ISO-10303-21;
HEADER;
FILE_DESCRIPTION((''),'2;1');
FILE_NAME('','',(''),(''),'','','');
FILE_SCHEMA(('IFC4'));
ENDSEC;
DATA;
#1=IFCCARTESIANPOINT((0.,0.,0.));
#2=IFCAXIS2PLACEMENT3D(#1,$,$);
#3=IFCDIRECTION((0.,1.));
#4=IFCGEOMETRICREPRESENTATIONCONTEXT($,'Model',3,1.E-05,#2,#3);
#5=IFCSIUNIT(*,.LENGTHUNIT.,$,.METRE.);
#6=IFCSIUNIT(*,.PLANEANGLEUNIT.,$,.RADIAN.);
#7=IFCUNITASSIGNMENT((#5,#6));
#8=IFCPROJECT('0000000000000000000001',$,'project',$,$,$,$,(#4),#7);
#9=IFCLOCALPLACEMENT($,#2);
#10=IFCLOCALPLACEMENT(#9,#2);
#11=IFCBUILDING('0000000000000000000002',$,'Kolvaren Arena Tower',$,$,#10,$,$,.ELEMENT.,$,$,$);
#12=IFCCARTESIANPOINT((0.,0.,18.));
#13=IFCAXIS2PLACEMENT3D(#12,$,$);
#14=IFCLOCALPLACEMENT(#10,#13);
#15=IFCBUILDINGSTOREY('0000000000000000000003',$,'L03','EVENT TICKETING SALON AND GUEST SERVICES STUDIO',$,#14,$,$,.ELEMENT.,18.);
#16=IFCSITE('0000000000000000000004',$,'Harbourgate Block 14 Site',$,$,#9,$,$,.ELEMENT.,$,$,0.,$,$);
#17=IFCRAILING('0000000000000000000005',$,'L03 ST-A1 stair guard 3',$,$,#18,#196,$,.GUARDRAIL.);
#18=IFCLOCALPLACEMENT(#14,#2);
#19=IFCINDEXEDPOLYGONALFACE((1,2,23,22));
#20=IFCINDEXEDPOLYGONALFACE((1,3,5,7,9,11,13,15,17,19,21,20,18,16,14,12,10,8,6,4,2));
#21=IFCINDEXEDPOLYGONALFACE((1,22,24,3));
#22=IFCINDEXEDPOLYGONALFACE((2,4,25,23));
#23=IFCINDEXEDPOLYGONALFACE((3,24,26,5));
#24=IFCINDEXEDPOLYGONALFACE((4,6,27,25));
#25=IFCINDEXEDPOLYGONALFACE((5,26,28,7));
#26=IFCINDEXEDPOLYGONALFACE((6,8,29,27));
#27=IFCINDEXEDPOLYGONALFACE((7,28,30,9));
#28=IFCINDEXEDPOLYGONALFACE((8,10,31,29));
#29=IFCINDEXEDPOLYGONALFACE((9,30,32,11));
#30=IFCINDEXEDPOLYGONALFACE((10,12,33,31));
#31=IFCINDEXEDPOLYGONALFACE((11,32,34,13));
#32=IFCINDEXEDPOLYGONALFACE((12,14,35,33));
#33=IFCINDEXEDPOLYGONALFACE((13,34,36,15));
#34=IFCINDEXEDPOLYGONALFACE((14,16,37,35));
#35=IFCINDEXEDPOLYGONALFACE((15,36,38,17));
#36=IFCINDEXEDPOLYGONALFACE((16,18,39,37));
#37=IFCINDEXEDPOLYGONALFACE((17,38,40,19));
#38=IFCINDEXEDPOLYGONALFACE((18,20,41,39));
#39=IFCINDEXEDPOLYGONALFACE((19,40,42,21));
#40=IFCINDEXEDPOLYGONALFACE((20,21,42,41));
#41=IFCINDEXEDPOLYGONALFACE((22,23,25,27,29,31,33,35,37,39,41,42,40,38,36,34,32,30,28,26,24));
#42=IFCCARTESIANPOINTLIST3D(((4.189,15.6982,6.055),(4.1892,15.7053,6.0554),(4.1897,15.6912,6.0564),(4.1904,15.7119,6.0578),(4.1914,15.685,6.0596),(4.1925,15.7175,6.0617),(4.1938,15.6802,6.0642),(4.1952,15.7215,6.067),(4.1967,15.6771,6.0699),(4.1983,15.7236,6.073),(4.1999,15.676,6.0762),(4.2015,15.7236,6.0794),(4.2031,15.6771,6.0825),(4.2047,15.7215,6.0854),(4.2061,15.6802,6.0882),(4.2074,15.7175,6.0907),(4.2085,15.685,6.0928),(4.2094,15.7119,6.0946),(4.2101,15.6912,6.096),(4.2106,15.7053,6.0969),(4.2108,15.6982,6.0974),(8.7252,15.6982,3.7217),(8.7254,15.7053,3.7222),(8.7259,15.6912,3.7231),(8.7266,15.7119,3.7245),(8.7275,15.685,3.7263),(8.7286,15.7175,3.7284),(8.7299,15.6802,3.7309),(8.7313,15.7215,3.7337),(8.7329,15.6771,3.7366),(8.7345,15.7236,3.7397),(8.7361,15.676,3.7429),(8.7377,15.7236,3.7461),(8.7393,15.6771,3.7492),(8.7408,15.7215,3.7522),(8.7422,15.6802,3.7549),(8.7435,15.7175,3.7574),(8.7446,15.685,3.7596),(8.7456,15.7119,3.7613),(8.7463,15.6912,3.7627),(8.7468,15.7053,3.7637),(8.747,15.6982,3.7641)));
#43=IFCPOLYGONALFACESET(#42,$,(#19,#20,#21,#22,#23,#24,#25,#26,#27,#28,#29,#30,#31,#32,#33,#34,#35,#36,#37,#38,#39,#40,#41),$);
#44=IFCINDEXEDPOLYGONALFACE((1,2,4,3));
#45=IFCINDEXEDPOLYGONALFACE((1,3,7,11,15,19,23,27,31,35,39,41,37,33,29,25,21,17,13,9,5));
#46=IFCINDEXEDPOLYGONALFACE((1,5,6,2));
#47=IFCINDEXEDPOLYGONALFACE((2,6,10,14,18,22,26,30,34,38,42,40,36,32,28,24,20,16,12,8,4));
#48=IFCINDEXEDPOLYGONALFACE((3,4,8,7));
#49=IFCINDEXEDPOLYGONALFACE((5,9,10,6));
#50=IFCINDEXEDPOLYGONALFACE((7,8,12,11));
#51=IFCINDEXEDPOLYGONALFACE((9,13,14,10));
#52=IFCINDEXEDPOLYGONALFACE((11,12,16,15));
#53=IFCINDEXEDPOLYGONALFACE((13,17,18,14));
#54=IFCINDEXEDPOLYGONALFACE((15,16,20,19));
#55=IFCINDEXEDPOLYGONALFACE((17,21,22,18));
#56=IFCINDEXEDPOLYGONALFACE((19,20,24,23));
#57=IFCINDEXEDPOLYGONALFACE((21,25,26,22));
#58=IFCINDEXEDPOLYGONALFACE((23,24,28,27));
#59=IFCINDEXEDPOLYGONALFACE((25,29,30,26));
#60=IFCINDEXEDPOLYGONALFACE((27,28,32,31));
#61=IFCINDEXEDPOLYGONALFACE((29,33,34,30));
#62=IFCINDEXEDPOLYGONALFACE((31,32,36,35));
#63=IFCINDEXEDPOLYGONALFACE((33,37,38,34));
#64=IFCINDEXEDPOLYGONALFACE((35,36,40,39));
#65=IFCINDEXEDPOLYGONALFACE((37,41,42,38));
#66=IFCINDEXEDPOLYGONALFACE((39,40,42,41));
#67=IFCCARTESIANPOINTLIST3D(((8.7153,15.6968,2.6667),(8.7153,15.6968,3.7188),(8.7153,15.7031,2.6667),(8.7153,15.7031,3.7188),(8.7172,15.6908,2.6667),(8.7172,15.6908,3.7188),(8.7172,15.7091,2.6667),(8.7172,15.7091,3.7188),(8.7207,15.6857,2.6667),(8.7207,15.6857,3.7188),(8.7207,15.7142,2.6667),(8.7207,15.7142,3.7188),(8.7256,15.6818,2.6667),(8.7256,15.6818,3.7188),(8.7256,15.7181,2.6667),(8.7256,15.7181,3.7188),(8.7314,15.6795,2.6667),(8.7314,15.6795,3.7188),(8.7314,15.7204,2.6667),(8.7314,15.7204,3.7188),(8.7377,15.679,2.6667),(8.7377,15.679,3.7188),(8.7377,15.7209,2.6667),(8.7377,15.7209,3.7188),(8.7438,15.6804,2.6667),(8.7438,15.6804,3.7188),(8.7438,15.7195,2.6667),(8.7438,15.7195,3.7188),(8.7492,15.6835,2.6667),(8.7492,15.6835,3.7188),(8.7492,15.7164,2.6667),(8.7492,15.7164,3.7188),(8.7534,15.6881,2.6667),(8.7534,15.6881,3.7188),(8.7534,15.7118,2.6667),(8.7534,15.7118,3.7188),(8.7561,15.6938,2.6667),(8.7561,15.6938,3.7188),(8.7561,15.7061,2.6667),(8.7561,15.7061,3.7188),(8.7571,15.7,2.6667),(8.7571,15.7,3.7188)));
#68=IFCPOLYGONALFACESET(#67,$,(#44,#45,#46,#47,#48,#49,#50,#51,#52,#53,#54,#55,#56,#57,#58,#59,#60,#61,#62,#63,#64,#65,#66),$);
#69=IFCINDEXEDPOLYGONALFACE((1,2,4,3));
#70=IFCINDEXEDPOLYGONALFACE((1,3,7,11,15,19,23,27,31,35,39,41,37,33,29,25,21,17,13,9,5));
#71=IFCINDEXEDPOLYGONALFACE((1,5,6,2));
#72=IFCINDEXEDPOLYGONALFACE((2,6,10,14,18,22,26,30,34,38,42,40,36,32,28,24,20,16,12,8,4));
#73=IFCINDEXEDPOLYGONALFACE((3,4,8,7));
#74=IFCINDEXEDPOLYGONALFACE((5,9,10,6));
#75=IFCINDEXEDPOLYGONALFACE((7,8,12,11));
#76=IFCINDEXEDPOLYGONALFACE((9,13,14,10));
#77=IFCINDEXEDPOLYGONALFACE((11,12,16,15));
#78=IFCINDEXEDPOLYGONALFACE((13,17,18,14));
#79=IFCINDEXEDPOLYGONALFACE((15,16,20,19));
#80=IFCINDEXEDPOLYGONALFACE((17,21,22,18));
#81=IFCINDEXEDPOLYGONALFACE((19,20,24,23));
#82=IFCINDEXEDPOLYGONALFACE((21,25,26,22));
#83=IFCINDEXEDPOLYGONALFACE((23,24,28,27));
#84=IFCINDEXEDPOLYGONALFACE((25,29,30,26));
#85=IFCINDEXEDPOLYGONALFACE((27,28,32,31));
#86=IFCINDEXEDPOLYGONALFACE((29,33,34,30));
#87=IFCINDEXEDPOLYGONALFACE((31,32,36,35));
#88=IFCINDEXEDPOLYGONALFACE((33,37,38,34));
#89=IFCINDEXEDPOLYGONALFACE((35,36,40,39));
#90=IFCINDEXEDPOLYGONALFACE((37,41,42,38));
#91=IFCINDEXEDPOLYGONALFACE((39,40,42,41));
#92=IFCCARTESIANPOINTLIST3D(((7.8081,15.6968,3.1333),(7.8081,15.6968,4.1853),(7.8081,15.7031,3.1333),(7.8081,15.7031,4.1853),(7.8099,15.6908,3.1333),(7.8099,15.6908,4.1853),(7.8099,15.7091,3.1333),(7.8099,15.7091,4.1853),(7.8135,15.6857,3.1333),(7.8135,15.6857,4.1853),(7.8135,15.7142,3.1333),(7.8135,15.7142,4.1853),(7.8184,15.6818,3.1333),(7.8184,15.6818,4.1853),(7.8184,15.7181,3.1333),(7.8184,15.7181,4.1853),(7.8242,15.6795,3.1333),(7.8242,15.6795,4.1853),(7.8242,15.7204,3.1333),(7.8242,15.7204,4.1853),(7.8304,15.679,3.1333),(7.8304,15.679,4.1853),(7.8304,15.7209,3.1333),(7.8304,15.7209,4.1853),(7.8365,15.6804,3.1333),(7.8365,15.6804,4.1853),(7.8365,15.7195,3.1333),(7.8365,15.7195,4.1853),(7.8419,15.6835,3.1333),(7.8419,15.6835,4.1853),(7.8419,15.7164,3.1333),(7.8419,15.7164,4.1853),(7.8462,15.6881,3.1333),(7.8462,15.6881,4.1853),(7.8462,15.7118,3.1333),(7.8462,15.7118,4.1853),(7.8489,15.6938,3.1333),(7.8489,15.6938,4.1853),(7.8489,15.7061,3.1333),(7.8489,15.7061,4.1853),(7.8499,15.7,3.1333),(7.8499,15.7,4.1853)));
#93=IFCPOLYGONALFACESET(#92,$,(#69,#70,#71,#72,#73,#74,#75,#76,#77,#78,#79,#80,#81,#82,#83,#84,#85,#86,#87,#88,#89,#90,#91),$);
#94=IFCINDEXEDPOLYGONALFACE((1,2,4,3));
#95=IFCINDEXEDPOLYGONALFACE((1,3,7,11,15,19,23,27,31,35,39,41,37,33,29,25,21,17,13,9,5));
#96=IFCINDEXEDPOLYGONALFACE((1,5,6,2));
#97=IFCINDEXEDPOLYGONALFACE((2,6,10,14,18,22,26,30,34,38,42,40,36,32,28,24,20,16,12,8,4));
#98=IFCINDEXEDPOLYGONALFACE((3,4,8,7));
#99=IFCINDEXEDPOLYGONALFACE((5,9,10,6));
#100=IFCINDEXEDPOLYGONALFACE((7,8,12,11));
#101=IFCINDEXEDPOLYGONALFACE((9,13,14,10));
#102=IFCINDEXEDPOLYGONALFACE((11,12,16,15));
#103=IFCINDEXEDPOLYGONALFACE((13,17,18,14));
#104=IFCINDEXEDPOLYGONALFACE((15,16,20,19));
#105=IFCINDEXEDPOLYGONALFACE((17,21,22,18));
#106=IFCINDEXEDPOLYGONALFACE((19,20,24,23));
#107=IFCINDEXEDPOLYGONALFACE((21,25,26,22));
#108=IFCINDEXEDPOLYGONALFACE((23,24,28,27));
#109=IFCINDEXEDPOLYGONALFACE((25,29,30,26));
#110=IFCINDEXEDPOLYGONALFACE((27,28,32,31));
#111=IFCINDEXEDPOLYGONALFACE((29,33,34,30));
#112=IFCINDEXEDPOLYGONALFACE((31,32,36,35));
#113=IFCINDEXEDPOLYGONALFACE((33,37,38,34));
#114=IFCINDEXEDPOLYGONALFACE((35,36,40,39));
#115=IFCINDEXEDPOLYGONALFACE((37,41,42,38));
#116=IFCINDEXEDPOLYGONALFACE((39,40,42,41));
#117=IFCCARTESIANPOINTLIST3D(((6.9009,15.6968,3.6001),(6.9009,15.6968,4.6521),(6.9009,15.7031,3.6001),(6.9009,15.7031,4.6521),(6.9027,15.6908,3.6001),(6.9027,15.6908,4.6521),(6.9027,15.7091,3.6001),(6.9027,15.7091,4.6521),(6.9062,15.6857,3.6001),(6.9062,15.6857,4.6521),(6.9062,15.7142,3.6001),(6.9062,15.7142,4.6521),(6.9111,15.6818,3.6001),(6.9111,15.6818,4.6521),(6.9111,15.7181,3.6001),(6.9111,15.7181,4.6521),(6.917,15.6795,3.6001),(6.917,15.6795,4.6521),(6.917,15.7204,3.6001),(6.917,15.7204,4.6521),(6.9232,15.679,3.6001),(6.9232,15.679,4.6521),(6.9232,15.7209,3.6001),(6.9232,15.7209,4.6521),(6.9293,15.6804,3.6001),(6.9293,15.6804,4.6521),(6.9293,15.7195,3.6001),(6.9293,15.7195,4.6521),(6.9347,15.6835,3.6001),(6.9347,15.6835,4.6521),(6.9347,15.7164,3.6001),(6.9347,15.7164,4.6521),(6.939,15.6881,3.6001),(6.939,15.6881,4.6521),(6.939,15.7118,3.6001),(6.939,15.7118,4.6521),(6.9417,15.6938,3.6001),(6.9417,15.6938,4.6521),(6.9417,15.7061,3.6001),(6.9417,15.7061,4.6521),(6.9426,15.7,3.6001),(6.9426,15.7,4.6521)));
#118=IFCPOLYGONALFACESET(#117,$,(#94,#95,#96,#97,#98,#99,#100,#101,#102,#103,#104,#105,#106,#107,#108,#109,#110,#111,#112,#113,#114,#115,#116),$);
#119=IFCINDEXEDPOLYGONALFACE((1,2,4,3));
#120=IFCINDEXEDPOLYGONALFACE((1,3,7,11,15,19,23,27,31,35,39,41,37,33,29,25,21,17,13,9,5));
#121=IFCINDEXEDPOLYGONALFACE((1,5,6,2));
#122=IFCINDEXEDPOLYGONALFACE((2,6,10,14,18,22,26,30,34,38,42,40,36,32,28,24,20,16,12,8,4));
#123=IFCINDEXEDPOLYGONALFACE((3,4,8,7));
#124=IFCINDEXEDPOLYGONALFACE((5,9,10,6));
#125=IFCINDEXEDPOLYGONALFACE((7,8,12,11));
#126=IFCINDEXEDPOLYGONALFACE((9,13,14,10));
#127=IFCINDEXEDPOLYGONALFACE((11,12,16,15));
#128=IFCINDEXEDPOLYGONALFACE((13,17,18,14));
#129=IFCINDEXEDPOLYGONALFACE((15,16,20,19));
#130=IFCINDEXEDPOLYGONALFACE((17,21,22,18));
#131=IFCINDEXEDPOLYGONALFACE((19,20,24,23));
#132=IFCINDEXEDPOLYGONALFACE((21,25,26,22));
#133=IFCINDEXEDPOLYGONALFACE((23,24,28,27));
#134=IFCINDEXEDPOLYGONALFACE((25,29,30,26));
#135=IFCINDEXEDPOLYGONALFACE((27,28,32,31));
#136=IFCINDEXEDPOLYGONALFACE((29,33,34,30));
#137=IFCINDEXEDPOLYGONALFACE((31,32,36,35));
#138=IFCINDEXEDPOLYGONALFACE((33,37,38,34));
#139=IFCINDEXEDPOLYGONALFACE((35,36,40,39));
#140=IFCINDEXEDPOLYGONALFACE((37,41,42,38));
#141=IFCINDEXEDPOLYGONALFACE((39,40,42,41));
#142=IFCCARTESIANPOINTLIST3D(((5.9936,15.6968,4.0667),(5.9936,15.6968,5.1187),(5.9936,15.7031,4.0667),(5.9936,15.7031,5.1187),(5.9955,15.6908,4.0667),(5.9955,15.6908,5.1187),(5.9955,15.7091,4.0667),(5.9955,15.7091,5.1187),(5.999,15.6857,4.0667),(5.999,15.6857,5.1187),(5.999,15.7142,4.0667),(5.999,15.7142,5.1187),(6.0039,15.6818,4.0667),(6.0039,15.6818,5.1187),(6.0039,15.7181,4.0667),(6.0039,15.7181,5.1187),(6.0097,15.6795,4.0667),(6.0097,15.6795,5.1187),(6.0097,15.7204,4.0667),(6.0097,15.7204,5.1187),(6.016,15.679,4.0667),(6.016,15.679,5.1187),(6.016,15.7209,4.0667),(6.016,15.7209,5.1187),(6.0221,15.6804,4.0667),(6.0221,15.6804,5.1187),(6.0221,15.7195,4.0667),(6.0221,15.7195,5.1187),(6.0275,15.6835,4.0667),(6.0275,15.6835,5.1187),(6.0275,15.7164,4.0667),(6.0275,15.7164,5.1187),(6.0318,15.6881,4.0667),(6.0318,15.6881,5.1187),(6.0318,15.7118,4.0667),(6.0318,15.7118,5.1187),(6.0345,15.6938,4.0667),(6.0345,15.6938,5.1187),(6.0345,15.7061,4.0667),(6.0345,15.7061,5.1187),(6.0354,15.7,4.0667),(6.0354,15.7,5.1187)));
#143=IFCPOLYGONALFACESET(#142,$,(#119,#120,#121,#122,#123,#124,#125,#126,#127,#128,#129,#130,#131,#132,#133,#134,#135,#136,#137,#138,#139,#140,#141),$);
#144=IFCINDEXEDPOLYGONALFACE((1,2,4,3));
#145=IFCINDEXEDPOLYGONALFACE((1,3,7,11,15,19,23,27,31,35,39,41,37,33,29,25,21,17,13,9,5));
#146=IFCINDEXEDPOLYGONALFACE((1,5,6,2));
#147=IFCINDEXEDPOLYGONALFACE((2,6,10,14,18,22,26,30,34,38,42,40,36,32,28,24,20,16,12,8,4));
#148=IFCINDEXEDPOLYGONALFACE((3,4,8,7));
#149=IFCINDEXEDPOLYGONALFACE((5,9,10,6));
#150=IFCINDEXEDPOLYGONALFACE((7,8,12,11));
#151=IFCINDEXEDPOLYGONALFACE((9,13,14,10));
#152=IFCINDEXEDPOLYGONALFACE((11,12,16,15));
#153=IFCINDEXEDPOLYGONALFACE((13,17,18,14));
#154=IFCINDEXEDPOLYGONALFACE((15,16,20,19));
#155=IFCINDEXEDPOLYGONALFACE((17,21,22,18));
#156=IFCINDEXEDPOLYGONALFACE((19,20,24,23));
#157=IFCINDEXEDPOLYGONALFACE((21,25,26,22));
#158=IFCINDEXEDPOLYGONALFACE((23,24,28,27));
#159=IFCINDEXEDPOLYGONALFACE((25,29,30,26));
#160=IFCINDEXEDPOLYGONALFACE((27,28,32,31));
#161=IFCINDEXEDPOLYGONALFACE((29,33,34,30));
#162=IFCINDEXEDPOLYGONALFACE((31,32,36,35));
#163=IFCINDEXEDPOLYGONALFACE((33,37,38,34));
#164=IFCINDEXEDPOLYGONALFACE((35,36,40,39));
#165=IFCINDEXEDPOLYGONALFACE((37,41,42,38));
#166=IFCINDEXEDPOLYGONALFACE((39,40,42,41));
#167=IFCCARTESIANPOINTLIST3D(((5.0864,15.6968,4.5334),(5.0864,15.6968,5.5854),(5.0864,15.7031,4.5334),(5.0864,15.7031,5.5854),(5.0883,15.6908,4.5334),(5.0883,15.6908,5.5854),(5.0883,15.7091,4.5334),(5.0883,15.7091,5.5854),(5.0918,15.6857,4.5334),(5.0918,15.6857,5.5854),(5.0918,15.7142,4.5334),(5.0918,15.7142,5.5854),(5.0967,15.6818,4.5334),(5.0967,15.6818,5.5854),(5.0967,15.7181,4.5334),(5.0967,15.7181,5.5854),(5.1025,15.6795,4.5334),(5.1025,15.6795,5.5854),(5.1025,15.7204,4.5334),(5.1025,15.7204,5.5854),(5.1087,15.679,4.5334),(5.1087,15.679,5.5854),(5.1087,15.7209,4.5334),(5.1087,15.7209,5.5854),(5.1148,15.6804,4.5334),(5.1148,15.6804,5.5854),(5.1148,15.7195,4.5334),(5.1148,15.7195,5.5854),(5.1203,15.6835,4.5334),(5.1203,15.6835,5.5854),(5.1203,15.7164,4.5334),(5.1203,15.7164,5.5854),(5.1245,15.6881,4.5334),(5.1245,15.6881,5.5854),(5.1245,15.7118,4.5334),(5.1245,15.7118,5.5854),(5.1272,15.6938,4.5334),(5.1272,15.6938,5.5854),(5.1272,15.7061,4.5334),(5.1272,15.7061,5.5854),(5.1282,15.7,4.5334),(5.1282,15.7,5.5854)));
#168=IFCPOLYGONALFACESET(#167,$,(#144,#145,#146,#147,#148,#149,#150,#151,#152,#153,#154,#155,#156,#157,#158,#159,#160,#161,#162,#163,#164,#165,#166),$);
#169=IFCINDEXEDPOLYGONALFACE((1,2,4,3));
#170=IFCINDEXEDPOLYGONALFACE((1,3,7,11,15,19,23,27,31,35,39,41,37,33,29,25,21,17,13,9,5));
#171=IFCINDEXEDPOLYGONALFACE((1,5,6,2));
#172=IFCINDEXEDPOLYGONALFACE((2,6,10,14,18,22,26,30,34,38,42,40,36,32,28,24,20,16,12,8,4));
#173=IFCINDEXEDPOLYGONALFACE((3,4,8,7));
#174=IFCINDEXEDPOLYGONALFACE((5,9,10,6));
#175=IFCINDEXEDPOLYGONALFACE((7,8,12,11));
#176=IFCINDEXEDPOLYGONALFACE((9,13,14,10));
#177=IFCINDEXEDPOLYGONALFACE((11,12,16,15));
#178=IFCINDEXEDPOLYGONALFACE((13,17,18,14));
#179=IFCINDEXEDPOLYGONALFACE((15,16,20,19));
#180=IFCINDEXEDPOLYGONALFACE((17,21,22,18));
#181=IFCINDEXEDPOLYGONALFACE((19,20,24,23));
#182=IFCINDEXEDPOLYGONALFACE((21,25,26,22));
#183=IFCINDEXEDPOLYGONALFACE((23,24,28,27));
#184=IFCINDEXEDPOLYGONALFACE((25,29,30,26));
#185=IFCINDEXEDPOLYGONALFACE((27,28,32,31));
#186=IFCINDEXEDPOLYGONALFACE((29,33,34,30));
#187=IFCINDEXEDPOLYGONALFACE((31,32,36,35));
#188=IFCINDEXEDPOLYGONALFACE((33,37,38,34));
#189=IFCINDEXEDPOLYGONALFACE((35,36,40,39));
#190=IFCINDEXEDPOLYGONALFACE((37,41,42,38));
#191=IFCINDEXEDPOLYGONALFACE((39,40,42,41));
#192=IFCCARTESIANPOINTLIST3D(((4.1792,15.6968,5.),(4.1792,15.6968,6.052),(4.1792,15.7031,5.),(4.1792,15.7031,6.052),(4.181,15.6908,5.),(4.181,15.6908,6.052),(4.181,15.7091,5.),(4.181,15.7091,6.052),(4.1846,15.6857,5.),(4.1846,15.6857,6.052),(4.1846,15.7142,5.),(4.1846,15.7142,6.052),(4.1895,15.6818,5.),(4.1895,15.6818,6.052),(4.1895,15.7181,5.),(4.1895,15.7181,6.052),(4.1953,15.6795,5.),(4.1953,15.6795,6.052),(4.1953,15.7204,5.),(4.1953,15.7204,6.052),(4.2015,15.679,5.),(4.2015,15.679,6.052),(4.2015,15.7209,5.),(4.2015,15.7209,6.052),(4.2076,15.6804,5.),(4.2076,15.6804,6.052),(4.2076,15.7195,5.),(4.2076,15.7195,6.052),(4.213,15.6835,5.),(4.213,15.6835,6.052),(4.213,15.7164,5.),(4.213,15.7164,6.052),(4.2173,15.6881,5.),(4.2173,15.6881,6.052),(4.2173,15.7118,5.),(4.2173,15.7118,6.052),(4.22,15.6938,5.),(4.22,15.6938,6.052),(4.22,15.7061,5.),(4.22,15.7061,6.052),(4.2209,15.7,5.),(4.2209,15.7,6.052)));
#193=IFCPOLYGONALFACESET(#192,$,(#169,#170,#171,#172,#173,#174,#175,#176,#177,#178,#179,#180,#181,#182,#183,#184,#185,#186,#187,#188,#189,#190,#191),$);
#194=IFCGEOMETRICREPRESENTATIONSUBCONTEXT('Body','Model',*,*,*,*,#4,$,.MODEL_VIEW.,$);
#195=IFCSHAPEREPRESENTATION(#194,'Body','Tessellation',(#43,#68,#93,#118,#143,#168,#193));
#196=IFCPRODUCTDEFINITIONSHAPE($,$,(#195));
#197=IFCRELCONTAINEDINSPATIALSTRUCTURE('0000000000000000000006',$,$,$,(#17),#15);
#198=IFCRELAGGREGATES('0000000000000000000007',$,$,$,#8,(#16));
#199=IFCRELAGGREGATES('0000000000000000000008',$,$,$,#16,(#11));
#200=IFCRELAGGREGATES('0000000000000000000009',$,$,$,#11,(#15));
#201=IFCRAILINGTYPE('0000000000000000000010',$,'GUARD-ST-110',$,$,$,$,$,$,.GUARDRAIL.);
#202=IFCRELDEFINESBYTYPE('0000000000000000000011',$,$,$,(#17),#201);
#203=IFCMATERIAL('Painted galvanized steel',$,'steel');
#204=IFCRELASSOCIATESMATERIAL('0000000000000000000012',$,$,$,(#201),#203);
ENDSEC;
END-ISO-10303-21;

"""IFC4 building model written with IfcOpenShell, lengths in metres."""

from ifc_helpers import new_model, si_unit, direction, frame, origin, origin_2d, place, context, subcontext, project, spatial, circle, extrude, material, type_object, element, save


model = new_model("IFC4")

# Units and contexts
model_context = context("Model", 3, precision=1e-05, world=origin(), true_north=direction((0.0, 1.0)))
body_context = subcontext(model_context, "Body", "Model", "MODEL_VIEW")
ifc_project = project(units=[si_unit("LENGTHUNIT", "METRE"), si_unit("PLANEANGLEUNIT", "RADIAN")], contexts=[model_context])

# Site, building, storey
site_placement = place(None, origin())
site = spatial("IfcSite", under=ifc_project, at=site_placement, Name="Harbourgate Block 14 Site", CompositionType="ELEMENT", RefElevation=0.0)
building_placement = place(site_placement, origin())
building = spatial("IfcBuilding", under=site, at=building_placement, Name="Kolvaren Arena Tower", CompositionType="ELEMENT")
storey_placement = place(building_placement, frame((0.0, 0.0, 18.0)))
storey = spatial("IfcBuildingStorey", under=building, at=storey_placement, Name="L03", Description="EVENT TICKETING SALON AND GUEST SERVICES STUDIO", CompositionType="ELEMENT", Elevation=18.0)

# Railing
ifc_material_1 = material(Name="Painted galvanized steel", Category="steel")
railing_type_1 = type_object("IfcRailingType", Name="GUARD-ST-110", PredefinedType="GUARDRAIL", material=ifc_material_1)
railing_1_placement = place(storey_placement, frame((8.7361, 15.7, 2.6667)))
element("IfcRailing", 1, at=railing_1_placement, inside=storey, type_object=railing_type_1, Name="L03 ST-A1 stair guard 3", PredefinedType="GUARDRAIL", context=body_context, shape_type="SweptSolid", body=[
    extrude(circle(Radius=0.0239, at=origin_2d()), frame((0.0, 0.0, 1.0762), z_axis=(-0.889257, 0.0, 0.457407), x_axis=(0.0, -1.0, 0.0)), (0.0, 0.0, 1.0), 5.1011),
    extrude(circle(Radius=0.021, at=origin_2d()), origin(), (0.0, 0.0, 1.0), 1.052),
    extrude(circle(Radius=0.021, at=origin_2d()), frame((-0.9072, 0.0, 0.4666)), (0.0, 0.0, 1.0), 1.052),
    extrude(circle(Radius=0.021, at=origin_2d()), frame((-1.8145, 0.0, 0.9333)), (0.0, 0.0, 1.0), 1.052),
    extrude(circle(Radius=0.021, at=origin_2d()), frame((-2.7217, 0.0, 1.3999)), (0.0, 0.0, 1.0), 1.052),
    extrude(circle(Radius=0.021, at=origin_2d()), frame((-3.6289, 0.0, 1.8667)), (0.0, 0.0, 1.0), 1.052),
    extrude(circle(Radius=0.021, at=origin_2d()), frame((-4.5361, 0.0, 2.3333)), (0.0, 0.0, 1.0), 1.052),
])

save(model, "model.ifc")
